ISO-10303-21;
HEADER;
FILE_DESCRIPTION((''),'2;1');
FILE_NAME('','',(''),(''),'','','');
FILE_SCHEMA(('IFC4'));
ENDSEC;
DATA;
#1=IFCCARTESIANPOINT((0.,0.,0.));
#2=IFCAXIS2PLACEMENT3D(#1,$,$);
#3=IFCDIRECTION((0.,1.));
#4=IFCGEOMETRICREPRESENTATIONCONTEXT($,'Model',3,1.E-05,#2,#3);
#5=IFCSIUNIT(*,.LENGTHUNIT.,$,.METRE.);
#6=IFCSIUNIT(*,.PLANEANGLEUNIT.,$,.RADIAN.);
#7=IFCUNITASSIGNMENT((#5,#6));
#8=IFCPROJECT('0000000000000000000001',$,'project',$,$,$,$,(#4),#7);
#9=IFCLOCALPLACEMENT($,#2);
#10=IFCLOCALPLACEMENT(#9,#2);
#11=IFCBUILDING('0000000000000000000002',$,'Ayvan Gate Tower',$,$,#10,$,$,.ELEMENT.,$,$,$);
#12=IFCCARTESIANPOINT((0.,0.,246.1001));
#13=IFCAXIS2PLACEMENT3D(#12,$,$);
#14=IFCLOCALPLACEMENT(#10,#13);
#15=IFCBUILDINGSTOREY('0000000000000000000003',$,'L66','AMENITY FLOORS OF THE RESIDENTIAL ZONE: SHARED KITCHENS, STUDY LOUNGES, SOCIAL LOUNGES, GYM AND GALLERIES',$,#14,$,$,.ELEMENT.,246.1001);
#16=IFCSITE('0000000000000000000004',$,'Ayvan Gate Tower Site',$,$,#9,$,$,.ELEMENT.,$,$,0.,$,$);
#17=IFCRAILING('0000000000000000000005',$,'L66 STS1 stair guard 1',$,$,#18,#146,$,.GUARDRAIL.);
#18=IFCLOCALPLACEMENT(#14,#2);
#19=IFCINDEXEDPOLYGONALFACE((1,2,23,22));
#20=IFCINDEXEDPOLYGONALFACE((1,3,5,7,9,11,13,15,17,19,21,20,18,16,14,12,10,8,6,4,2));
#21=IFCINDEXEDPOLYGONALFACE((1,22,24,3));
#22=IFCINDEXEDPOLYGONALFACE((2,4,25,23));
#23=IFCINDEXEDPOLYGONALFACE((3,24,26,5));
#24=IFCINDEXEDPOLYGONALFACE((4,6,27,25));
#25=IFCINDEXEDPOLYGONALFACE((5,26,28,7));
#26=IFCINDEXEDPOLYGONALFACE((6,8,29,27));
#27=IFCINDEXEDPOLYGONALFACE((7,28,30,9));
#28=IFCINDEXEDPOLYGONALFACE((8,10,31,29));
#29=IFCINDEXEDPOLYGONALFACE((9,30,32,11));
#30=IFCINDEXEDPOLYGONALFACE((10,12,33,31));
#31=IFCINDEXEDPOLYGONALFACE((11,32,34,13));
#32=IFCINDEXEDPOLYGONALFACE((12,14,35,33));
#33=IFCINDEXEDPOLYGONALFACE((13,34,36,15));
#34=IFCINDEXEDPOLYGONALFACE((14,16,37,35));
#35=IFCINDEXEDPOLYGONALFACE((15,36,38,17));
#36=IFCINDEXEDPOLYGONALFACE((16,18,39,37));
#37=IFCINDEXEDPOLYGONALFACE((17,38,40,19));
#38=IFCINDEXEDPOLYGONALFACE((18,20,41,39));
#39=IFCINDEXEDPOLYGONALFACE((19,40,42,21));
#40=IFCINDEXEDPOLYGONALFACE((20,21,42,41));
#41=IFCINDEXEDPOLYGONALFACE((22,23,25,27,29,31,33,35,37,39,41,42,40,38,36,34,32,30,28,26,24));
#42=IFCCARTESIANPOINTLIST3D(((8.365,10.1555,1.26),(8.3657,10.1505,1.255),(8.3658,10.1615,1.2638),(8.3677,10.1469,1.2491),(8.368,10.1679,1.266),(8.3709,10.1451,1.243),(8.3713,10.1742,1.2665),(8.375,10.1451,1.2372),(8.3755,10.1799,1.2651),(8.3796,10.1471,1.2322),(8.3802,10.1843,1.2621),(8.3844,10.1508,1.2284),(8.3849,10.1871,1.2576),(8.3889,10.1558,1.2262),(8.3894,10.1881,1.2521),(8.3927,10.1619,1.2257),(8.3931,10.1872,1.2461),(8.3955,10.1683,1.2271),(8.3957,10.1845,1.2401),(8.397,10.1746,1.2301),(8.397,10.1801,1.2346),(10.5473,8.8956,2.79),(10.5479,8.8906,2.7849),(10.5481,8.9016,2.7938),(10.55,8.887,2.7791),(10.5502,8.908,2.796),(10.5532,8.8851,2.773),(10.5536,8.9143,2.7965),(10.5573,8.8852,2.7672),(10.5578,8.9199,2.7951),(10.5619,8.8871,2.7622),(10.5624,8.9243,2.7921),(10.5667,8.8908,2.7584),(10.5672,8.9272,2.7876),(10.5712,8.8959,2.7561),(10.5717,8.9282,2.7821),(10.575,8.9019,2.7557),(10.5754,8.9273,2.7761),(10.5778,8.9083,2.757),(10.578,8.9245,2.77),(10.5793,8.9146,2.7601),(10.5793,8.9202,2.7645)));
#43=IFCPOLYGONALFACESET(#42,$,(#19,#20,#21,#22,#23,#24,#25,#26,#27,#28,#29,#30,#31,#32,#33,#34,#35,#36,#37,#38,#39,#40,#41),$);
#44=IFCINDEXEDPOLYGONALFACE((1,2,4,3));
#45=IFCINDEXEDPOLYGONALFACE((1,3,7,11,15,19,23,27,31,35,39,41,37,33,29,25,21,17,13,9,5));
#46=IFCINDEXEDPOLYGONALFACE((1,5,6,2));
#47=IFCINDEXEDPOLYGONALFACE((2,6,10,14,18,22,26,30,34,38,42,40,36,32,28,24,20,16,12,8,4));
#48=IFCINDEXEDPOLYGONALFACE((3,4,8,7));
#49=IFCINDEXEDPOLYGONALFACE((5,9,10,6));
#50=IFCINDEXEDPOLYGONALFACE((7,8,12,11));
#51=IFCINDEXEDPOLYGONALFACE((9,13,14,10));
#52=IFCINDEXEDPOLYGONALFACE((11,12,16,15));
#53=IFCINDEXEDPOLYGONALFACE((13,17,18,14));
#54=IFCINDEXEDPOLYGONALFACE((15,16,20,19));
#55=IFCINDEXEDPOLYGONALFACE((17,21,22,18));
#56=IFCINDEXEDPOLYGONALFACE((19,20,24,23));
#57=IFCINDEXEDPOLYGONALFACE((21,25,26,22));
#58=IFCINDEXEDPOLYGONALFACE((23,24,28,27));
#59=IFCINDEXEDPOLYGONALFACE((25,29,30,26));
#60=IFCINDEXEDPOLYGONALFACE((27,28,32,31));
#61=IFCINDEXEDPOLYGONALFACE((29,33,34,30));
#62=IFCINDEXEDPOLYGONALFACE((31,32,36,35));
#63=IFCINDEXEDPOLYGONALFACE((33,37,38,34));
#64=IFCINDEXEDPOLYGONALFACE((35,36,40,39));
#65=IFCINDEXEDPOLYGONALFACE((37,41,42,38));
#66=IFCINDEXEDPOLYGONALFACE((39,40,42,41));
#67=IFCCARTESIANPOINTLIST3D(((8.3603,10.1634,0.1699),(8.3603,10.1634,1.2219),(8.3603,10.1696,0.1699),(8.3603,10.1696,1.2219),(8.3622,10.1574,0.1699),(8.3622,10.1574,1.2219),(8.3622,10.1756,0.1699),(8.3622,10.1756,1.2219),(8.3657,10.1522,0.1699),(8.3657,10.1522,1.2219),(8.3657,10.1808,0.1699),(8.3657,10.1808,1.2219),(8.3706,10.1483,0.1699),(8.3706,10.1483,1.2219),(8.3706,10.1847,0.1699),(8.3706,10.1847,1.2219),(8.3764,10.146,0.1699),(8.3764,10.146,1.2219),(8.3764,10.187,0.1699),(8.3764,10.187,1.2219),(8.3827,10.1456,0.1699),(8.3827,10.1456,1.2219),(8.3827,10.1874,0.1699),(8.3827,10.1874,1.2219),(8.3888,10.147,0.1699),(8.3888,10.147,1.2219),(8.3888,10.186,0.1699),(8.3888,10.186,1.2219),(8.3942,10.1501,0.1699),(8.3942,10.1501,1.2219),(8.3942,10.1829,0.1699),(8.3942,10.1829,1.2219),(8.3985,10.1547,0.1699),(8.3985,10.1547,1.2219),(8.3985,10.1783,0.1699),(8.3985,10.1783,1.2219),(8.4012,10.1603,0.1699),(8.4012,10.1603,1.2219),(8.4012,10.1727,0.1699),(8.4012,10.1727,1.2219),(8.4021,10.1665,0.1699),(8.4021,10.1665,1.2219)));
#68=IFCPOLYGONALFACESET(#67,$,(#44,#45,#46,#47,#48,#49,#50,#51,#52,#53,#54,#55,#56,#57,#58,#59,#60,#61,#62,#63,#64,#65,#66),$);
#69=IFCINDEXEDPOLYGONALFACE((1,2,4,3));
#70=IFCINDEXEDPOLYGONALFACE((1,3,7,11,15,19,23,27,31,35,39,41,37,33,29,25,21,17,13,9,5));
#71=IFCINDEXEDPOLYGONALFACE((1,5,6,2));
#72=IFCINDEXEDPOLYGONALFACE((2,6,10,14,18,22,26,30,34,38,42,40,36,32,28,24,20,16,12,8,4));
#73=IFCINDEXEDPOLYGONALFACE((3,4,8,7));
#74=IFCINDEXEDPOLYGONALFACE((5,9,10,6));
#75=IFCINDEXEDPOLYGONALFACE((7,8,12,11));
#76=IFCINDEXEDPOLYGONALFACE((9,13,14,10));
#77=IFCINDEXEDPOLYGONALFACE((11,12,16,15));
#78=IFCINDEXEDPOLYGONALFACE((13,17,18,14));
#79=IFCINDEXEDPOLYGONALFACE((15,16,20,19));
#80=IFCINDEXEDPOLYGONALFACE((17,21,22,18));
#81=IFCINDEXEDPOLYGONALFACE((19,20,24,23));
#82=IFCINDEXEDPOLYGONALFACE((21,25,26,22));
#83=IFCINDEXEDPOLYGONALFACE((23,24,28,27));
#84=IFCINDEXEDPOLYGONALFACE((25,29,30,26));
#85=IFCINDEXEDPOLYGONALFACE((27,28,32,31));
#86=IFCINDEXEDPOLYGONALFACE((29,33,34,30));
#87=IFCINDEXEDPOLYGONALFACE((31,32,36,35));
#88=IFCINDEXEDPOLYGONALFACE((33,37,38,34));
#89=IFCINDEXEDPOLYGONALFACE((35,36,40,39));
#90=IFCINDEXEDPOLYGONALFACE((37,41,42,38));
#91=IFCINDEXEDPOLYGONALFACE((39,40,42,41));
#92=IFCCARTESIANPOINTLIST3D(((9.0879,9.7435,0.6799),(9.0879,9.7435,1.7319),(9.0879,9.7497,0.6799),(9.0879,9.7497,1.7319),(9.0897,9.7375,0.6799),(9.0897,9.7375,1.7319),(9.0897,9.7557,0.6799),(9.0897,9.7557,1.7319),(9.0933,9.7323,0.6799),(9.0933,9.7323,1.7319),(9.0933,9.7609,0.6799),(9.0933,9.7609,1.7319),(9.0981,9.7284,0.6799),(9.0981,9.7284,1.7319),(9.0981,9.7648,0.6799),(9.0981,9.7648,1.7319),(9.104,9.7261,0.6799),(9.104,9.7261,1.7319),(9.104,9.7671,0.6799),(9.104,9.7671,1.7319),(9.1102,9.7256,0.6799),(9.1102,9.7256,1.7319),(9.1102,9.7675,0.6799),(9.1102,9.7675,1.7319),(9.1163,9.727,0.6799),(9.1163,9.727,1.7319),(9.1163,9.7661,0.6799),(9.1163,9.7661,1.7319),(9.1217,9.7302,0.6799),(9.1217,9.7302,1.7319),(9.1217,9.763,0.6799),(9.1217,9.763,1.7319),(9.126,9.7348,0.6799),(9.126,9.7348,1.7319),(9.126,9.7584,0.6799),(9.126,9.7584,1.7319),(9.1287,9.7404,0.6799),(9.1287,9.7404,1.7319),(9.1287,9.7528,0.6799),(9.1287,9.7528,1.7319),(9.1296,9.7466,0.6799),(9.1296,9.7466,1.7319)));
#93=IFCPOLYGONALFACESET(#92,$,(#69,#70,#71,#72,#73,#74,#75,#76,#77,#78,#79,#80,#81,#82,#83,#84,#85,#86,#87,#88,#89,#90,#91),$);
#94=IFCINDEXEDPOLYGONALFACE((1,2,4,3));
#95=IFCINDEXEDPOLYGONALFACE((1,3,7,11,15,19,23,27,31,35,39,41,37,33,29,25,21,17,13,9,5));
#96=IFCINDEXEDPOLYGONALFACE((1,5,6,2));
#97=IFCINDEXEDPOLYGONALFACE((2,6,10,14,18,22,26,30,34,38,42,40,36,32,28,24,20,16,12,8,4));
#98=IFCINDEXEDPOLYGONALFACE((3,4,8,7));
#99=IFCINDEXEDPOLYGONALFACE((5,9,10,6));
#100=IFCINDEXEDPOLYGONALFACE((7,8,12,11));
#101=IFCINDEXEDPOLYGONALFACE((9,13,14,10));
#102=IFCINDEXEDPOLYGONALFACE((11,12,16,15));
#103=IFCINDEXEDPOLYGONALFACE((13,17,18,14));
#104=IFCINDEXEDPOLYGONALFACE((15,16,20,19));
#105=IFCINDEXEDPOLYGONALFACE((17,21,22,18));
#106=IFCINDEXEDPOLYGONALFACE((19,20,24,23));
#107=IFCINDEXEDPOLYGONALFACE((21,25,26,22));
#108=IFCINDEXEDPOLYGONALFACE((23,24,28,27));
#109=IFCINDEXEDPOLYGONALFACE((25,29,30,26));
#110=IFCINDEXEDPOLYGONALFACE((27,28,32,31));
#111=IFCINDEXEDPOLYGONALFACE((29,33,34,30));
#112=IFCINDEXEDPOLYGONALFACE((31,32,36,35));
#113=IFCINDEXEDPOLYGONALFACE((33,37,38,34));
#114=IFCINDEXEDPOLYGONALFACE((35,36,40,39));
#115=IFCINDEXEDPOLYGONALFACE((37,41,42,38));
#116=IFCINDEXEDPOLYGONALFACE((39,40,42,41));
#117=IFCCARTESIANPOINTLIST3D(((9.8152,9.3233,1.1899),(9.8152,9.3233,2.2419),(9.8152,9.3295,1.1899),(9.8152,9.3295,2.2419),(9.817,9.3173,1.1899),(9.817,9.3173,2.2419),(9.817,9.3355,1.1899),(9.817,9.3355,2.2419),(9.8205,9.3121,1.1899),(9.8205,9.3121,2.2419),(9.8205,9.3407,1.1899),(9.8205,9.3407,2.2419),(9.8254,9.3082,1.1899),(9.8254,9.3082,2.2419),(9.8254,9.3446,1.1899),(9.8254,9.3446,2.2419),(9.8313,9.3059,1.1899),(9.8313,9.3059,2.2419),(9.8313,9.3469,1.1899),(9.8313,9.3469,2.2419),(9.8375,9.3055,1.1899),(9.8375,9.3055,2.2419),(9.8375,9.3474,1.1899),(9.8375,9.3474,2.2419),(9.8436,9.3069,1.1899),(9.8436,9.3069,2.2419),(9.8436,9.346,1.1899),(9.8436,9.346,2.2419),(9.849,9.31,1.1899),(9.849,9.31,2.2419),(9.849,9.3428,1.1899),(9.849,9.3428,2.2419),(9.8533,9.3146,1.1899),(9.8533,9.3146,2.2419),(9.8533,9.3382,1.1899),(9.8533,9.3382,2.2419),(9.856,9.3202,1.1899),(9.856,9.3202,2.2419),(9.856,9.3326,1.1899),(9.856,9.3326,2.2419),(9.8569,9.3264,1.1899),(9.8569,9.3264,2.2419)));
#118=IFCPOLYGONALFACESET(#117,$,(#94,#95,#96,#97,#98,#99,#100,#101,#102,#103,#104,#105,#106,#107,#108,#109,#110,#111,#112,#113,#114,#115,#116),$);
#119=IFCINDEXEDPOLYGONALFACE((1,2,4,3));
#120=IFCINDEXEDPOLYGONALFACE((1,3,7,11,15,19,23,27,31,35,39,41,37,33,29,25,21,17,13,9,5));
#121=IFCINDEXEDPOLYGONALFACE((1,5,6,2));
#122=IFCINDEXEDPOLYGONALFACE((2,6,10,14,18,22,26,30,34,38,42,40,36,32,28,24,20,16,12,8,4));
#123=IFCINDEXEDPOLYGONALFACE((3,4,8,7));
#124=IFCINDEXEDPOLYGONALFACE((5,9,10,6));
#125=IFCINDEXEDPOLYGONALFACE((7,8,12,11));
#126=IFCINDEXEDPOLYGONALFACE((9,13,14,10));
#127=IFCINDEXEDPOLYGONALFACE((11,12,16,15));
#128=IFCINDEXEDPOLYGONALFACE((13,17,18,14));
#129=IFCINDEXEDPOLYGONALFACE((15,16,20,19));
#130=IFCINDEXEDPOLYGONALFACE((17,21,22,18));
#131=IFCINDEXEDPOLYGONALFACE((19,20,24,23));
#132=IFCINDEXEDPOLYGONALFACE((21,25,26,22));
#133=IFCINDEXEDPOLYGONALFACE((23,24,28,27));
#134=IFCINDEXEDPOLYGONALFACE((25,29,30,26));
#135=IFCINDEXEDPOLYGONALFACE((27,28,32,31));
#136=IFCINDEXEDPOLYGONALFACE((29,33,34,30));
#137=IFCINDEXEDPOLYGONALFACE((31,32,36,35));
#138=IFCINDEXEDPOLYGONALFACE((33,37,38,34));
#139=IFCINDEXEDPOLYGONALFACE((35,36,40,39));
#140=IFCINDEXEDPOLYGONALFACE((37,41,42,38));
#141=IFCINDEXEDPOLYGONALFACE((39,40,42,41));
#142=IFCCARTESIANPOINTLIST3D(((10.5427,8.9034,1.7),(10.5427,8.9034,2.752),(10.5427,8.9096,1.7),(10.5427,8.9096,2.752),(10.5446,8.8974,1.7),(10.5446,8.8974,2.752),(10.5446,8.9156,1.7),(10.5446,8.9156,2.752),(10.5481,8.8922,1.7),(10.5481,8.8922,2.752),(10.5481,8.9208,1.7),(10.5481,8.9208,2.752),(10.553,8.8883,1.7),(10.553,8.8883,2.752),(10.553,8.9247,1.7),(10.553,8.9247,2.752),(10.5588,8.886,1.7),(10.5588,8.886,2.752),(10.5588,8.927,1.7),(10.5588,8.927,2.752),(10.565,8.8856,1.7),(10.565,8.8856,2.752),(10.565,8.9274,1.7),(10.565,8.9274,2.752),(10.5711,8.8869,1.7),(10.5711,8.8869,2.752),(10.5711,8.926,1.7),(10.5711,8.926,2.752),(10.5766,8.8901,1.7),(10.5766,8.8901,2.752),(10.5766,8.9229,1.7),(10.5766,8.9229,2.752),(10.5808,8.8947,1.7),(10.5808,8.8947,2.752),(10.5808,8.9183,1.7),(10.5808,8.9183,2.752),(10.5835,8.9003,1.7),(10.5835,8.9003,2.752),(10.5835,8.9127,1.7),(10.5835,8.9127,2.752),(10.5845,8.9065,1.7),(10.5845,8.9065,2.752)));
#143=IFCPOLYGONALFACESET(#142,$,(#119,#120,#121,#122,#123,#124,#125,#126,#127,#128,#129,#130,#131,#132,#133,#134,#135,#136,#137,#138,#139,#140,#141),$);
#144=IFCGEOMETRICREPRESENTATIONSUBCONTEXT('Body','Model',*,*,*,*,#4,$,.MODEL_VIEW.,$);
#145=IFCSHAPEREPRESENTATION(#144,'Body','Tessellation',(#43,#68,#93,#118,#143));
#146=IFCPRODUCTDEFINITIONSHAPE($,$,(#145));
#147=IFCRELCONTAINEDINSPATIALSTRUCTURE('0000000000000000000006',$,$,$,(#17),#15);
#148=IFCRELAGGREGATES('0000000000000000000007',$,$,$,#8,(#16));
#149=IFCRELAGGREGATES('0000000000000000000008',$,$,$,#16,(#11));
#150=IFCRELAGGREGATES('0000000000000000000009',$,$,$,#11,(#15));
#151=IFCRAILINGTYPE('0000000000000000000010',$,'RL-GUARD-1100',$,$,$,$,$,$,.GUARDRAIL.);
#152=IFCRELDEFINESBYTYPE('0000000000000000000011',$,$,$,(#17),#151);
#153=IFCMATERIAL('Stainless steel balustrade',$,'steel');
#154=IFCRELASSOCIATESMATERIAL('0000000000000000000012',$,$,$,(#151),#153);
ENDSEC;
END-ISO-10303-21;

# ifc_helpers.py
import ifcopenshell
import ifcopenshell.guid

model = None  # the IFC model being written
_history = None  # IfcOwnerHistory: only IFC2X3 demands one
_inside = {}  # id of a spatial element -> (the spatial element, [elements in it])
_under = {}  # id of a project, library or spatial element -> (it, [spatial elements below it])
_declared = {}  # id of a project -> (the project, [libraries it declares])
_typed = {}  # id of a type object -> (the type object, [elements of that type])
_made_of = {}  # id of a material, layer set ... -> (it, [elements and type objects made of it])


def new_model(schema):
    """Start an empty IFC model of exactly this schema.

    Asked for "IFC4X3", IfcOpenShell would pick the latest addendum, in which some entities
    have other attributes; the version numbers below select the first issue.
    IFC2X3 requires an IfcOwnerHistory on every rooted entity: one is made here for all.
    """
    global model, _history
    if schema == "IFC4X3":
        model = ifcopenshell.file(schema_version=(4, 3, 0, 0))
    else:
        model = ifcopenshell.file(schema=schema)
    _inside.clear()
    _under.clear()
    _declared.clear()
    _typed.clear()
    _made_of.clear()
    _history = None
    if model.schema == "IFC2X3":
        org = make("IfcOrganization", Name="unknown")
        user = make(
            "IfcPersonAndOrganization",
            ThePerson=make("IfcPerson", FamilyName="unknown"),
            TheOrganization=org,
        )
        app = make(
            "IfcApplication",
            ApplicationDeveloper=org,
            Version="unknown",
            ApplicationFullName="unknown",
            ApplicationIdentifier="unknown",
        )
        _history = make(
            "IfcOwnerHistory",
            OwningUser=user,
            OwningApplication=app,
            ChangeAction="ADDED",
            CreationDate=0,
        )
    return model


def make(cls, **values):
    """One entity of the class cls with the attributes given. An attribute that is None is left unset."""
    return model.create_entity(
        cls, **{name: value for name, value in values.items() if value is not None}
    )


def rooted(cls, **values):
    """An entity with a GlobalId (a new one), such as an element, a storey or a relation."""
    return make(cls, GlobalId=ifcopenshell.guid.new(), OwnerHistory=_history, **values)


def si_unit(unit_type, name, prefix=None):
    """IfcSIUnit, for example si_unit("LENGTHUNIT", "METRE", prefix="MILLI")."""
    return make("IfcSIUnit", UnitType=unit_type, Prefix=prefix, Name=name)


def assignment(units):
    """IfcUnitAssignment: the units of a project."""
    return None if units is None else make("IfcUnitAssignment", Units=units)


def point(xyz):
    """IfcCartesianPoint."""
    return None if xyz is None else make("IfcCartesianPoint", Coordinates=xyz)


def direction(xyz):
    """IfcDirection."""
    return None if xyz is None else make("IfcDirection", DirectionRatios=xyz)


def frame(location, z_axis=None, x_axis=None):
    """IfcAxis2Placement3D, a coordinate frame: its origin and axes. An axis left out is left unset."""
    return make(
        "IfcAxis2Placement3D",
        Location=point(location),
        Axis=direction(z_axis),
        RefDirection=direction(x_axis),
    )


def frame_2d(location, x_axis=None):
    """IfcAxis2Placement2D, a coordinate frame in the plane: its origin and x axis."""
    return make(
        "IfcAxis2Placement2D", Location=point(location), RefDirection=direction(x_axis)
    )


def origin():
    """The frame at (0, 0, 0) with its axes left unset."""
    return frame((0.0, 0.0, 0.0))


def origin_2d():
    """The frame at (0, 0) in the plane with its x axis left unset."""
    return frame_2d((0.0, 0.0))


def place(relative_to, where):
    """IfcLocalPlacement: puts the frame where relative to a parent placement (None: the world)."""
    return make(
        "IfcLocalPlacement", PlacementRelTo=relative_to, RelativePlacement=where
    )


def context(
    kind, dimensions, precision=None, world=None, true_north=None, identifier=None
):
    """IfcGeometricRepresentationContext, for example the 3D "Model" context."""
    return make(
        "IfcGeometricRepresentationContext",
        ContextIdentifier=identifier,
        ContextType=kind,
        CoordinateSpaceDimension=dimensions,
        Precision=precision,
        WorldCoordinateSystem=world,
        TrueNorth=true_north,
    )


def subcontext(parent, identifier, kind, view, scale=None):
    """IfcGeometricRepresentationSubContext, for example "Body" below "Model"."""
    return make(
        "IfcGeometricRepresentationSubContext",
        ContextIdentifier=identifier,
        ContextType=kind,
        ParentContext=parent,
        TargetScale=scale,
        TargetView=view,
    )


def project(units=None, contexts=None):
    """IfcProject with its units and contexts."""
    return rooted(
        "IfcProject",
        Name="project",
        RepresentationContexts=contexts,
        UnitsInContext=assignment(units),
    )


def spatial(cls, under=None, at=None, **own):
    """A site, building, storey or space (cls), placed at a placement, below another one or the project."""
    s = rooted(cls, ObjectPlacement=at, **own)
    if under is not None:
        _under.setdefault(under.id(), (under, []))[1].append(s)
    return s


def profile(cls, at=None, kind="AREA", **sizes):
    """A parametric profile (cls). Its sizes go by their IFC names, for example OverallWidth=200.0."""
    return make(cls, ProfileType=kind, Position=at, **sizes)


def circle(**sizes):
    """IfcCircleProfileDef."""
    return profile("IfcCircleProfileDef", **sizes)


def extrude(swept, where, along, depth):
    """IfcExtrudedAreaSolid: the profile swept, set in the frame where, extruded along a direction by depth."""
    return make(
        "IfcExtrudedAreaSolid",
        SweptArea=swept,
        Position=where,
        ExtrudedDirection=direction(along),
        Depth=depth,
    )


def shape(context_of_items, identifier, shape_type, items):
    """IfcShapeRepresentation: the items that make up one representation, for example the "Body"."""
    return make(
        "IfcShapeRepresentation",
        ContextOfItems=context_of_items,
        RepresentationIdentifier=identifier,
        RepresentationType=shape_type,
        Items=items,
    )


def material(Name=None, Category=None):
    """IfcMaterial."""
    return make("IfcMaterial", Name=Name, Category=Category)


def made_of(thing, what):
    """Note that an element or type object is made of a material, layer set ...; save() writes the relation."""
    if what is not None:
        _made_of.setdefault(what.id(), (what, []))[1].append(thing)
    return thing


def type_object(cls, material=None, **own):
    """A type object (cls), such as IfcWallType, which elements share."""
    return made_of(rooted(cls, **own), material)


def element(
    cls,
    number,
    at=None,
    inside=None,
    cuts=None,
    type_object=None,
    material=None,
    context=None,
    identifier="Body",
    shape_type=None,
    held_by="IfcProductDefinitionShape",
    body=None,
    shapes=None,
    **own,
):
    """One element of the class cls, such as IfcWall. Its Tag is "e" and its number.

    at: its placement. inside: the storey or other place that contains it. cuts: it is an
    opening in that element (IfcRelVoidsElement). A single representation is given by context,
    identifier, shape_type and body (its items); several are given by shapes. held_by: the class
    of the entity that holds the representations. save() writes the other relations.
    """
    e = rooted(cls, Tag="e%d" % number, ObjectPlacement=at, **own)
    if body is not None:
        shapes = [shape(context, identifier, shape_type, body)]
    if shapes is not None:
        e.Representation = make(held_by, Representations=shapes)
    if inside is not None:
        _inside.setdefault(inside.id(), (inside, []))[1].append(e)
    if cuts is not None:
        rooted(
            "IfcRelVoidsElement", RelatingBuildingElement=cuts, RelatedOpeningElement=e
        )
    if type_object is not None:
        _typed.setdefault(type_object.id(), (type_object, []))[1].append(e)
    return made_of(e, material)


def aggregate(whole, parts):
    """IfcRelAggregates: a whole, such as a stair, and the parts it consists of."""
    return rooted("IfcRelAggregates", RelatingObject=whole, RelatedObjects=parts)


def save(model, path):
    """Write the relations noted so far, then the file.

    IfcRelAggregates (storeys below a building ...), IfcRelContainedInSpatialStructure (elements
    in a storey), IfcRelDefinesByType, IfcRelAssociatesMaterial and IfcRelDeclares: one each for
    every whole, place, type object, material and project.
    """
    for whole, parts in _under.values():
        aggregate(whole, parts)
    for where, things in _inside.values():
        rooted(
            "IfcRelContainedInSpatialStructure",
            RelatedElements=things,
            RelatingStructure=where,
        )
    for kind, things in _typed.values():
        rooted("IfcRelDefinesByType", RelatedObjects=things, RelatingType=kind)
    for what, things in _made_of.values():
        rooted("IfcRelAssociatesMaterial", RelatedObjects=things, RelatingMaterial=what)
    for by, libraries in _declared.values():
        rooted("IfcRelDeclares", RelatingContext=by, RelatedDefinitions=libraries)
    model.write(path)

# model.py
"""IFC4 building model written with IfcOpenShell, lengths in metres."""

from ifc_helpers import new_model, si_unit, direction, frame, origin, origin_2d, place, context, subcontext, project, spatial, circle, extrude, material, type_object, element, save


model = new_model("IFC4")

# Units and contexts
model_context = context("Model", 3, precision=1e-05, world=origin(), true_north=direction((0.0, 1.0)))
body_context = subcontext(model_context, "Body", "Model", "MODEL_VIEW")
ifc_project = project(units=[si_unit("LENGTHUNIT", "METRE"), si_unit("PLANEANGLEUNIT", "RADIAN")], contexts=[model_context])

# Site, building, storey
site_placement = place(None, origin())
site = spatial("IfcSite", under=ifc_project, at=site_placement, Name="Ayvan Gate Tower Site", CompositionType="ELEMENT", RefElevation=0.0)
building_placement = place(site_placement, origin())
building = spatial("IfcBuilding", under=site, at=building_placement, Name="Ayvan Gate Tower", CompositionType="ELEMENT")
storey_placement = place(building_placement, frame((0.0, 0.0, 246.1001)))
storey = spatial("IfcBuildingStorey", under=building, at=storey_placement, Name="L66", Description="AMENITY FLOORS OF THE RESIDENTIAL ZONE: SHARED KITCHENS, STUDY LOUNGES, SOCIAL LOUNGES, GYM AND GALLERIES", CompositionType="ELEMENT", Elevation=246.1001)

# Railing
ifc_material_1 = material(Name="Stainless steel balustrade", Category="steel")
railing_type_1 = type_object("IfcRailingType", Name="RL-GUARD-1100", PredefinedType="GUARDRAIL", material=ifc_material_1)
railing_1_placement = place(storey_placement, frame((8.3811, 10.1665, 0.1699)))
element("IfcRailing", 1, at=railing_1_placement, inside=storey, type_object=railing_type_1, Name="L66 STS1 stair guard 1", PredefinedType="GUARDRAIL", context=body_context, shape_type="SweptSolid", body=[
    extrude(circle(Radius=0.0239, at=origin_2d()), frame((0.0, 0.0, 1.0762), z_axis=(0.740261, -0.427395, 0.518986), x_axis=(0.500005, 0.866023, 0.0)), (0.0, 0.0, 1.0), 2.948),
    extrude(circle(Radius=0.021, at=origin_2d()), origin(), (0.0, 0.0, 1.0), 1.052),
    extrude(circle(Radius=0.021, at=origin_2d()), frame((0.7275, -0.4199, 0.51)), (0.0, 0.0, 1.0), 1.052),
    extrude(circle(Radius=0.021, at=origin_2d()), frame((1.4548, -0.8401, 1.02)), (0.0, 0.0, 1.0), 1.052),
    extrude(circle(Radius=0.021, at=origin_2d()), frame((2.1824, -1.26, 1.53)), (0.0, 0.0, 1.0), 1.052),
])

save(model, "model.ifc")
